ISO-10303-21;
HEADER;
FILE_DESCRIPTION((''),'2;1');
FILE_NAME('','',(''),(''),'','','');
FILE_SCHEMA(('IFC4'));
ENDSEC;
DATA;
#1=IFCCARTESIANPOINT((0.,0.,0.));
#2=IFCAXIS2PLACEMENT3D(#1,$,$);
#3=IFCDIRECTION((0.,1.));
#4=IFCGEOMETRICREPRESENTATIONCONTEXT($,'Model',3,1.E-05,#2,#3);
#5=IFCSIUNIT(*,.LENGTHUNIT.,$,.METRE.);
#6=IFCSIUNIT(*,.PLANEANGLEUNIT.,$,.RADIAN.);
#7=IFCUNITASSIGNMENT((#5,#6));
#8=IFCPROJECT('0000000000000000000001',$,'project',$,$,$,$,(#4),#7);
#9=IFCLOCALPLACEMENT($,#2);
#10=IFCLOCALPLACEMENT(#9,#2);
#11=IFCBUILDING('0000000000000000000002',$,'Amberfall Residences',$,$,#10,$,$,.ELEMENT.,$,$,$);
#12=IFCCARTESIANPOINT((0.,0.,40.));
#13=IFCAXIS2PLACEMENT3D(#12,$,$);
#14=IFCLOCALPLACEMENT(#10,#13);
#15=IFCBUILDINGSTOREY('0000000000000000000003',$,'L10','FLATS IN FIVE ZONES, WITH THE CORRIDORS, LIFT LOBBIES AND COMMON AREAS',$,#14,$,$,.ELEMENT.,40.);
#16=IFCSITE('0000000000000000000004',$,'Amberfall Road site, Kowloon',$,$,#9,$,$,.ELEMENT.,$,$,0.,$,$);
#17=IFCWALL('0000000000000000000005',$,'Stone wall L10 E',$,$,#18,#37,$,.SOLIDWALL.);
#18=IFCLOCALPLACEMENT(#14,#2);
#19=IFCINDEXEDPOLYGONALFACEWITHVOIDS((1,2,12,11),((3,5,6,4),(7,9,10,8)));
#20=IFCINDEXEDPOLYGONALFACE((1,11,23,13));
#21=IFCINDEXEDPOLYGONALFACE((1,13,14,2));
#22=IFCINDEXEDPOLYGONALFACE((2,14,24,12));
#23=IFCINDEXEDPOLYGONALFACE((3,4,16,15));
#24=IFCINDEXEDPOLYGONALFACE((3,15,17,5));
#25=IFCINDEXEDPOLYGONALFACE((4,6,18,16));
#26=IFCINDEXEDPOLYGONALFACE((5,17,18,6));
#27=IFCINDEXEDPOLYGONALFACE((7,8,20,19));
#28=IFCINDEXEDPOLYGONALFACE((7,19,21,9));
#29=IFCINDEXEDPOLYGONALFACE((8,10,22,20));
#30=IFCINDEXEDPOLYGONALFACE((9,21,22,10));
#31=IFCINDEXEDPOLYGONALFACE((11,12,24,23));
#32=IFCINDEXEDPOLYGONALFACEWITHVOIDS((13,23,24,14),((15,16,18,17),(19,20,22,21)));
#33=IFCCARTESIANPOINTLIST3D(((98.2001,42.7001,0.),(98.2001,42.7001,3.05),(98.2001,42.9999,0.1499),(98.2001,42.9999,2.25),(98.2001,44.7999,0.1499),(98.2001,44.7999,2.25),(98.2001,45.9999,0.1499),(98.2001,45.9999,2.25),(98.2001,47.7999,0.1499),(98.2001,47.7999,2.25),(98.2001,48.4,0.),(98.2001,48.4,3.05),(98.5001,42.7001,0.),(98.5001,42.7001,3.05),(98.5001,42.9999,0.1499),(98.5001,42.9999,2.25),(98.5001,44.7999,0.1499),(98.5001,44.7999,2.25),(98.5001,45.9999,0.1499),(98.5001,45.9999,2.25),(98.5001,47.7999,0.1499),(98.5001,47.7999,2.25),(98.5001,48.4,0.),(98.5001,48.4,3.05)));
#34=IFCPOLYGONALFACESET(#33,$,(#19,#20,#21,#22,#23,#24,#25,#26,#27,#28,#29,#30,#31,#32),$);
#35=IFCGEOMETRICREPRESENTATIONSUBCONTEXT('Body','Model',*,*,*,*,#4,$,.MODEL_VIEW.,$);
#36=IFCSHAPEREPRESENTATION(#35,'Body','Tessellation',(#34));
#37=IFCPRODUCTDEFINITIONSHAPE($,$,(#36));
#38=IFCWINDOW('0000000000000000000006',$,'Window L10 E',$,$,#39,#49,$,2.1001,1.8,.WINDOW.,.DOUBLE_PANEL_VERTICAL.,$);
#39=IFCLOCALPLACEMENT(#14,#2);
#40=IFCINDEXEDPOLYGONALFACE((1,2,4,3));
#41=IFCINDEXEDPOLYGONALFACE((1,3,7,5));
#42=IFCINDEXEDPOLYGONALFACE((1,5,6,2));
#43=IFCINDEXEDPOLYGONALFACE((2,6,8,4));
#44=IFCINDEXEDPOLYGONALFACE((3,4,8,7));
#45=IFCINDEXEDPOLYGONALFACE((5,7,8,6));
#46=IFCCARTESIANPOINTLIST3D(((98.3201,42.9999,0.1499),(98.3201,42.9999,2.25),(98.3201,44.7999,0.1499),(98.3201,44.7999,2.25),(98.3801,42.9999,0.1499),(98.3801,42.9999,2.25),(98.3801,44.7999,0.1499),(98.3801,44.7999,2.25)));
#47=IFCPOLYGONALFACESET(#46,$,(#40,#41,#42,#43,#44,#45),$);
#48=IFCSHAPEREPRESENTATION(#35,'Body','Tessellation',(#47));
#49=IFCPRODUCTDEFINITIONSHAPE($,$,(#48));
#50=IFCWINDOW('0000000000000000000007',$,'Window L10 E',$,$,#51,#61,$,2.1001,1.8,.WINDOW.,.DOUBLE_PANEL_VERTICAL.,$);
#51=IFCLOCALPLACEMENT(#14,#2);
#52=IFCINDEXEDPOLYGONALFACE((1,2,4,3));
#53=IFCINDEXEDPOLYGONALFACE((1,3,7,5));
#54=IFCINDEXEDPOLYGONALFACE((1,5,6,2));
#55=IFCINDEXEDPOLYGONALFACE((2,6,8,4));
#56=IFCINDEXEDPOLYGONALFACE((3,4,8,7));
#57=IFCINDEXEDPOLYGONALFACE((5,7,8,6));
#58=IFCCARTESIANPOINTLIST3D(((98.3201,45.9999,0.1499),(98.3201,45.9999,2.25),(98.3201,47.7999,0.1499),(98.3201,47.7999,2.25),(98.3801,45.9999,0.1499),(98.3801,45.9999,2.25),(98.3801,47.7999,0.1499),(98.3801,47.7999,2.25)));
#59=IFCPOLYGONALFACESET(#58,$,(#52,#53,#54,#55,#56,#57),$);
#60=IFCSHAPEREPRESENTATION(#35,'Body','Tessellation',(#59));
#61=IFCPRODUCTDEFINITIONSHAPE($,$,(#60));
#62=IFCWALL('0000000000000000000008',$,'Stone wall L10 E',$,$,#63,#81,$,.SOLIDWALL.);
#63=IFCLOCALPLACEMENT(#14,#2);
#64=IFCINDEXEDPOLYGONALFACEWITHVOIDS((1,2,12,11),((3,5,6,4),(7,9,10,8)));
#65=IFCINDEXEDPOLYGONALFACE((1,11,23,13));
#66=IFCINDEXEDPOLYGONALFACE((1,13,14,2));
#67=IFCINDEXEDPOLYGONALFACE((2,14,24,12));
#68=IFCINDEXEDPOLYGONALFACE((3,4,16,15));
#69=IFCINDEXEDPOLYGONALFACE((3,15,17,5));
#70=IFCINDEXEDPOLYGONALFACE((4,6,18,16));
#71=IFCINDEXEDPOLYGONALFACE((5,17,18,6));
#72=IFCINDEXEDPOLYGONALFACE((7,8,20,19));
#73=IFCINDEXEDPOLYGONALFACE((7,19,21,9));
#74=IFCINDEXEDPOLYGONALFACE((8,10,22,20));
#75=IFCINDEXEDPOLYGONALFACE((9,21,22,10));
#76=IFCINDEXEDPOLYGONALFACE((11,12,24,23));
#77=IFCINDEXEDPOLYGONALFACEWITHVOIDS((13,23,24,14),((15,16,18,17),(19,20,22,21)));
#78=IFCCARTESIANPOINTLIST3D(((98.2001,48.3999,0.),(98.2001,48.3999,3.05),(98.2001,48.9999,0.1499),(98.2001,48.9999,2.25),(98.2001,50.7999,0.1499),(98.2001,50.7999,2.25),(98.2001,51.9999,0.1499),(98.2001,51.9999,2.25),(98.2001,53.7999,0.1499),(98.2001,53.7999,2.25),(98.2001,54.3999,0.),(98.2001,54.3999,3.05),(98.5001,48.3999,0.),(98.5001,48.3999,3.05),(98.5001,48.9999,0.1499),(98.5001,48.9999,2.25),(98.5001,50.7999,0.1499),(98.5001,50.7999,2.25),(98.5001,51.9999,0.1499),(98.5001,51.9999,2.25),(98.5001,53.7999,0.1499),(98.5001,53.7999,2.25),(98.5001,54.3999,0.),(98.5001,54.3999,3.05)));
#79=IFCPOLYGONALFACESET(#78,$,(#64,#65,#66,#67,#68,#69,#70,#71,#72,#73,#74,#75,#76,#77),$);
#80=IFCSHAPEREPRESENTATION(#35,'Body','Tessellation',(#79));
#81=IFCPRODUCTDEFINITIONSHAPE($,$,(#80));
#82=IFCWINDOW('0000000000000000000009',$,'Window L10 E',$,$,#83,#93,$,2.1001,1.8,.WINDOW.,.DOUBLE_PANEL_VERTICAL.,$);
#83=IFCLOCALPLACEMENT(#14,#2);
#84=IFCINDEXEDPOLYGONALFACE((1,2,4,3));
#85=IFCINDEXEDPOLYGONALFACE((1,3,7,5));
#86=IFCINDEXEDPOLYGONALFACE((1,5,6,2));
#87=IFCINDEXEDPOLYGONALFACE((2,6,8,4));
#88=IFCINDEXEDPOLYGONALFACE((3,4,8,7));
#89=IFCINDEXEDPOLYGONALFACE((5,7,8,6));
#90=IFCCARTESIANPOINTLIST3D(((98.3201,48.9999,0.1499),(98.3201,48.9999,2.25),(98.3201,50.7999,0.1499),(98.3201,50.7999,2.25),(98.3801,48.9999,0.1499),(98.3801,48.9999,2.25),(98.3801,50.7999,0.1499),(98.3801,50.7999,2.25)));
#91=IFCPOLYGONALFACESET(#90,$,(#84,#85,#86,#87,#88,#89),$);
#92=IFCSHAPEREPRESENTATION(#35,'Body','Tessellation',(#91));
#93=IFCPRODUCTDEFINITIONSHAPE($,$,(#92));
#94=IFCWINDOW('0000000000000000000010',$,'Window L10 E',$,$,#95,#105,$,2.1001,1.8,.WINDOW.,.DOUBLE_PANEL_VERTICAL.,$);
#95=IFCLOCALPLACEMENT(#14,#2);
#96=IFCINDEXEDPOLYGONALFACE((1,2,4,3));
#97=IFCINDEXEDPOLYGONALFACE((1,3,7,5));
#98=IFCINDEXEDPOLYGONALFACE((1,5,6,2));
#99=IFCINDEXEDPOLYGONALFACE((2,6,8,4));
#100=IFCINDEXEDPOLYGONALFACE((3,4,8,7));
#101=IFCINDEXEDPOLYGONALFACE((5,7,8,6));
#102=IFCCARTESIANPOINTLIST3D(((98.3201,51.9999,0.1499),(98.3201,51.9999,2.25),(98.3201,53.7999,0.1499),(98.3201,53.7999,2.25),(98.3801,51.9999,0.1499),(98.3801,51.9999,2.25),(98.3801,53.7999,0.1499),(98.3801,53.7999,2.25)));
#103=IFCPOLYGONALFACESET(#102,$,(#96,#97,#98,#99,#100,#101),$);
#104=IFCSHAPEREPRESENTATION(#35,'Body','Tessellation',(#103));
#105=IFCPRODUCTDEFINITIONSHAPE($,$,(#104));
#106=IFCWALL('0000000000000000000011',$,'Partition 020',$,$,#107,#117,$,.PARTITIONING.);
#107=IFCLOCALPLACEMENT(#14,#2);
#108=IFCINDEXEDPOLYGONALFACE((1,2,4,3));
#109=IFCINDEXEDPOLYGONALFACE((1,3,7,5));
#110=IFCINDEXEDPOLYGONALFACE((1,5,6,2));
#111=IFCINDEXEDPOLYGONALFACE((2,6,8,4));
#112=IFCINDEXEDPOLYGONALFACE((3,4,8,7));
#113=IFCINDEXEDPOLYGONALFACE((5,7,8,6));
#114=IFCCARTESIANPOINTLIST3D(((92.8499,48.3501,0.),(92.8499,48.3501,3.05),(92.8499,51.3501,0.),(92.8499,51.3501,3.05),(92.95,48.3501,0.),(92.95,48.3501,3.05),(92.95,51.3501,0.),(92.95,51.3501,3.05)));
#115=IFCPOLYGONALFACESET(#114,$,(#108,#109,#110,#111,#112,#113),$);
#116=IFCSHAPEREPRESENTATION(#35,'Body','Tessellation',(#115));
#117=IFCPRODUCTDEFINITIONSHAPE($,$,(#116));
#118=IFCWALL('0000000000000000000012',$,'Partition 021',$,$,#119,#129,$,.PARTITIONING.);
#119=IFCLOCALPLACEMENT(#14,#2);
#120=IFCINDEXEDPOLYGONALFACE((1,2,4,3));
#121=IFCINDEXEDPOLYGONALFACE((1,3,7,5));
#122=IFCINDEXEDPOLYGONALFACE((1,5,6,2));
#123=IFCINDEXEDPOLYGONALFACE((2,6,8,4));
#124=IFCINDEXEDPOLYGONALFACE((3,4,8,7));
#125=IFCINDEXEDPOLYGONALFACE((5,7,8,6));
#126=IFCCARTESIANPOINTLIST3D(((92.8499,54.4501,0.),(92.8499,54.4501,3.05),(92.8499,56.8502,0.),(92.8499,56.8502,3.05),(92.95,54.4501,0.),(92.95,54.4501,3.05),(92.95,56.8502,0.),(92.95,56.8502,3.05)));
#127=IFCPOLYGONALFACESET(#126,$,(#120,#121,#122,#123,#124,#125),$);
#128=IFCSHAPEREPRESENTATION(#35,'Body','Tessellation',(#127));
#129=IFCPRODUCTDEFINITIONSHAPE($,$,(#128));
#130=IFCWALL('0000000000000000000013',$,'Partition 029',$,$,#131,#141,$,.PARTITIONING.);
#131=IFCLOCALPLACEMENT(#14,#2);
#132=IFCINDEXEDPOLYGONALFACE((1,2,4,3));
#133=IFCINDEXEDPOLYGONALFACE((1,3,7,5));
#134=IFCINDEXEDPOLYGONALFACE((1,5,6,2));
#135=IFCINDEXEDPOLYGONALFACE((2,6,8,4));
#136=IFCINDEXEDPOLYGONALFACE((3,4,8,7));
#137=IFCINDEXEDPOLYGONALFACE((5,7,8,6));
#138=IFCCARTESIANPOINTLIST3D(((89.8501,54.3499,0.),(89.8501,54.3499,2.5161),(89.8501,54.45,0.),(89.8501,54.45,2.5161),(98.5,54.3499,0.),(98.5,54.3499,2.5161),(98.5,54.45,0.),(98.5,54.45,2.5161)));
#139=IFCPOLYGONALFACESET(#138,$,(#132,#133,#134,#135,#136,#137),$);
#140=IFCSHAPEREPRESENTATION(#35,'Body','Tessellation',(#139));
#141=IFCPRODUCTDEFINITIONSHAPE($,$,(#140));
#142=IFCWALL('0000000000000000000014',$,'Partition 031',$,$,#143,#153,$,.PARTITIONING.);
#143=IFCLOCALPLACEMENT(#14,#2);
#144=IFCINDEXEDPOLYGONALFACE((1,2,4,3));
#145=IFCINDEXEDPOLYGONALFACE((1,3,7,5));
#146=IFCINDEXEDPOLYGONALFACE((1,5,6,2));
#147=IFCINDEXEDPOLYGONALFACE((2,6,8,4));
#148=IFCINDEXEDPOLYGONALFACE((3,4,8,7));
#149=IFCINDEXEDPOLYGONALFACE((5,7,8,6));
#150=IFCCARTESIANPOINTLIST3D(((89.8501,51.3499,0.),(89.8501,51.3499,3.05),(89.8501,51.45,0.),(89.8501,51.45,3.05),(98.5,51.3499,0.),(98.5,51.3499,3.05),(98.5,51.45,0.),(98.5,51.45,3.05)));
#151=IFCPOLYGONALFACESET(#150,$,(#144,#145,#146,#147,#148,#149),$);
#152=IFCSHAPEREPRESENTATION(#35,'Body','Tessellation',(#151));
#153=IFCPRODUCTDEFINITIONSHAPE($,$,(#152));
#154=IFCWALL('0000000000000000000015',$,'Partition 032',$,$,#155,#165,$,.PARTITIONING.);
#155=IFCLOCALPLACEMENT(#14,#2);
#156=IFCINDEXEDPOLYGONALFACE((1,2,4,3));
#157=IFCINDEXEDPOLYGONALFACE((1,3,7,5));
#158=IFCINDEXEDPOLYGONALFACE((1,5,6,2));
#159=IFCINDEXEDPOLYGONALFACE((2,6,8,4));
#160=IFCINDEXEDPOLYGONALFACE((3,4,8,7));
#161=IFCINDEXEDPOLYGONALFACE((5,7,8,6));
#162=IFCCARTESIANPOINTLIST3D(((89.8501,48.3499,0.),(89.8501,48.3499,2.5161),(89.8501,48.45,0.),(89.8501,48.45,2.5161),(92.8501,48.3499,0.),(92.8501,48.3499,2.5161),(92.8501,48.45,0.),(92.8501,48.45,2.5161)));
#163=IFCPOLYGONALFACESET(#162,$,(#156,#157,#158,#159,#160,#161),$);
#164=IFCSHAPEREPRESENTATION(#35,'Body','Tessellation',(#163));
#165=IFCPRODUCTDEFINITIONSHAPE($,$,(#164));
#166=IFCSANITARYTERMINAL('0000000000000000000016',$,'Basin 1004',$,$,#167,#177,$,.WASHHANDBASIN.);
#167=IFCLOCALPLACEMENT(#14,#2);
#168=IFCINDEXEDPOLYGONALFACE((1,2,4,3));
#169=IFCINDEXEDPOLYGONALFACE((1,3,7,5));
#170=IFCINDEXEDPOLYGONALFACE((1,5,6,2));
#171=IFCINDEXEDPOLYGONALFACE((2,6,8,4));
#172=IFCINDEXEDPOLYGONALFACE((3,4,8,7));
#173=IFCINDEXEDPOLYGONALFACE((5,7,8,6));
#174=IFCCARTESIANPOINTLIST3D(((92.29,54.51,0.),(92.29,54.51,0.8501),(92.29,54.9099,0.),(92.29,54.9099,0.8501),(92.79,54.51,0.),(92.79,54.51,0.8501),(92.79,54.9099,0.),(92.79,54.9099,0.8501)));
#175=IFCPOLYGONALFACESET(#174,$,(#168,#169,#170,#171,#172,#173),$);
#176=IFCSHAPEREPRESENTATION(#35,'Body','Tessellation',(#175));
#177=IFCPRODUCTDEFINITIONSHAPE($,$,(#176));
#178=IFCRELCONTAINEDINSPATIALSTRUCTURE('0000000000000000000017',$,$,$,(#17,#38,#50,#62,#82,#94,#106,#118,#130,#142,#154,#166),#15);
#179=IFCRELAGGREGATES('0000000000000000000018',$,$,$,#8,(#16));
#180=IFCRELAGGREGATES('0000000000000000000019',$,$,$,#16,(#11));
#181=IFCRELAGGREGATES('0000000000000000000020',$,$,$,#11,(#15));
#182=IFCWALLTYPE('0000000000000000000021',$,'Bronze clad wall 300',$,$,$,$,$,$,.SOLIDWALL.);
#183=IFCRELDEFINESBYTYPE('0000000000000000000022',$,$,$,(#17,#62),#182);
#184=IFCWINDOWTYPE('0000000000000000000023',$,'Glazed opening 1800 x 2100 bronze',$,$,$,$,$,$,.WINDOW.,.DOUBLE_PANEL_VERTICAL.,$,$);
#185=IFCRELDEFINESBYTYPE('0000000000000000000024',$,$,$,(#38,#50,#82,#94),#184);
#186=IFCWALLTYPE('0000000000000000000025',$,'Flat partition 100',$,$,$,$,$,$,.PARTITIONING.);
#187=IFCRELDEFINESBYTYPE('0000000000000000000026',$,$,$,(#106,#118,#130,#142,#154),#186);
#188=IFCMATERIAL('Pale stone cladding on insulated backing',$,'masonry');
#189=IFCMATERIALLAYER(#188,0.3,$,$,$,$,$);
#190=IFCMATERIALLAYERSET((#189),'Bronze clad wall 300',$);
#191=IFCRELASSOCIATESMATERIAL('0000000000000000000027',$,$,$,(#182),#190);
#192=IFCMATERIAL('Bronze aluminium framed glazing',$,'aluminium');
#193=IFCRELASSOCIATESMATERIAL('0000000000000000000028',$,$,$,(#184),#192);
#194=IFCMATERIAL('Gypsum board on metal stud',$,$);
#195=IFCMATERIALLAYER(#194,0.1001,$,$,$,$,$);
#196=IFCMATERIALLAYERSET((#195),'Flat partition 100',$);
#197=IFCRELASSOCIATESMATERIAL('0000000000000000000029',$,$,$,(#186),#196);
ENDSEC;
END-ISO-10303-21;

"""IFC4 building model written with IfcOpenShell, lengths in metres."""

from ifc_helpers import new_model, si_unit, direction, frame, frame_2d, origin, origin_2d, place, context, subcontext, project, spatial, rectangle, extrude, material, layer, layer_set, type_object, element, fill, save


model = new_model("IFC4")

# Units and contexts
model_context = context("Model", 3, precision=1e-05, world=origin(), true_north=direction((0.0, 1.0)))
body_context = subcontext(model_context, "Body", "Model", "MODEL_VIEW")
ifc_project = project(units=[si_unit("LENGTHUNIT", "METRE"), si_unit("PLANEANGLEUNIT", "RADIAN")], contexts=[model_context])

# Site, building, storey
site_placement = place(None, origin())
site = spatial("IfcSite", under=ifc_project, at=site_placement, Name="Amberfall Road site, Kowloon", CompositionType="ELEMENT", RefElevation=0.0)
building_placement = place(site_placement, origin())
building = spatial("IfcBuilding", under=site, at=building_placement, Name="Amberfall Residences", CompositionType="ELEMENT")
storey_placement = place(building_placement, frame((0.0, 0.0, 40.0)))
storey = spatial("IfcBuildingStorey", under=building, at=storey_placement, Name="L10", Description="FLATS IN FIVE ZONES, WITH THE CORRIDORS, LIFT LOBBIES AND COMMON AREAS", CompositionType="ELEMENT", Elevation=40.0)

# Shared definitions
ifc_material_1 = material(Name="Pale stone cladding on insulated backing", Category="masonry")
ifc_layer_1 = layer(ifc_material_1, 0.3)
ifc_layer_set_1 = layer_set([ifc_layer_1], Name="Bronze clad wall 300")
wall_type_1 = type_object("IfcWallType", Name="Bronze clad wall 300", PredefinedType="SOLIDWALL", material=ifc_layer_set_1)
ifc_material_2 = material(Name="Bronze aluminium framed glazing", Category="aluminium")

# Walls, openings, windows
wall_1_placement = place(storey_placement, frame((98.3501, 42.7, 0.0), z_axis=(0.0, 0.0, 1.0), x_axis=(0.0, 1.0, 0.0)))
wall_1 = element("IfcWall", 1, at=wall_1_placement, inside=storey, type_object=wall_type_1, Name="Stone wall L10 E", PredefinedType="SOLIDWALL", context=body_context, shape_type="SweptSolid", body=[
    extrude(rectangle(XDim=5.7, YDim=0.3, at=frame_2d((2.8501, 0.0))), origin(), (0.0, 0.0, 1.0), 3.05),
])
opening_1_placement = place(wall_1_placement, frame((0.3, 0.0, 0.1499)))
opening_1 = element("IfcOpeningElement", 2, at=opening_1_placement, cuts=wall_1, PredefinedType="OPENING", context=body_context, shape_type="SweptSolid", body=[
    extrude(rectangle(XDim=1.8, YDim=2.1001, at=frame_2d((0.8999, 1.05))), frame((0.0, 0.1599, 0.0), z_axis=(0.0, -1.0, 0.0), x_axis=(1.0, 0.0, 0.0)), (0.0, 0.0, 1.0), 0.3201),
])
opening_2_placement = place(wall_1_placement, frame((3.3, 0.0, 0.1499)))
opening_2 = element("IfcOpeningElement", 3, at=opening_2_placement, cuts=wall_1, PredefinedType="OPENING", context=body_context, shape_type="SweptSolid", body=[
    extrude(rectangle(XDim=1.8, YDim=2.1001, at=frame_2d((0.8999, 1.05))), frame((0.0, 0.1599, 0.0), z_axis=(0.0, -1.0, 0.0), x_axis=(1.0, 0.0, 0.0)), (0.0, 0.0, 1.0), 0.3201),
])
window_type_1 = type_object("IfcWindowType", Name="Glazed opening 1800 x 2100 bronze", PartitioningType="DOUBLE_PANEL_VERTICAL", PredefinedType="WINDOW", material=ifc_material_2)
window_1_placement = place(opening_1_placement, origin())
window_1 = element("IfcWindow", 4, at=window_1_placement, inside=storey, type_object=window_type_1, Name="Window L10 E", OverallHeight=2.1001, OverallWidth=1.8, PartitioningType="DOUBLE_PANEL_VERTICAL", PredefinedType="WINDOW", context=body_context, shape_type="SweptSolid", body=[
    extrude(rectangle(XDim=1.8, YDim=2.1001, at=frame_2d((0.8999, 1.05))), frame((0.0, 0.03, 0.0), z_axis=(0.0, -1.0, 0.0), x_axis=(1.0, 0.0, 0.0)), (0.0, 0.0, 1.0), 0.0601),
])
fill(opening_1, window_1)
window_2_placement = place(opening_2_placement, origin())
window_2 = element("IfcWindow", 5, at=window_2_placement, inside=storey, type_object=window_type_1, Name="Window L10 E", OverallHeight=2.1001, OverallWidth=1.8, PartitioningType="DOUBLE_PANEL_VERTICAL", PredefinedType="WINDOW", context=body_context, shape_type="SweptSolid", body=[
    extrude(rectangle(XDim=1.8, YDim=2.1001, at=frame_2d((0.8999, 1.05))), frame((0.0, 0.03, 0.0), z_axis=(0.0, -1.0, 0.0), x_axis=(1.0, 0.0, 0.0)), (0.0, 0.0, 1.0), 0.0601),
])
fill(opening_2, window_2)
wall_2_placement = place(storey_placement, frame((98.3501, 48.3999, 0.0), z_axis=(0.0, 0.0, 1.0), x_axis=(0.0, 1.0, 0.0)))
wall_2 = element("IfcWall", 6, at=wall_2_placement, inside=storey, type_object=wall_type_1, Name="Stone wall L10 E", PredefinedType="SOLIDWALL", context=body_context, shape_type="SweptSolid", body=[
    extrude(rectangle(XDim=6.0, YDim=0.3, at=frame_2d((3.0, 0.0))), origin(), (0.0, 0.0, 1.0), 3.05),
])
opening_3_placement = place(wall_2_placement, frame((0.6001, 0.0, 0.1499)))
opening_3 = element("IfcOpeningElement", 7, at=opening_3_placement, cuts=wall_2, PredefinedType="OPENING", context=body_context, shape_type="SweptSolid", body=[
    extrude(rectangle(XDim=1.8, YDim=2.1001, at=frame_2d((0.8999, 1.05))), frame((0.0, 0.1599, 0.0), z_axis=(0.0, -1.0, 0.0), x_axis=(1.0, 0.0, 0.0)), (0.0, 0.0, 1.0), 0.3201),
])
opening_4_placement = place(wall_2_placement, frame((3.6001, 0.0, 0.1499)))
opening_4 = element("IfcOpeningElement", 8, at=opening_4_placement, cuts=wall_2, PredefinedType="OPENING", context=body_context, shape_type="SweptSolid", body=[
    extrude(rectangle(XDim=1.8, YDim=2.1001, at=frame_2d((0.8999, 1.05))), frame((0.0, 0.1599, 0.0), z_axis=(0.0, -1.0, 0.0), x_axis=(1.0, 0.0, 0.0)), (0.0, 0.0, 1.0), 0.3201),
])
window_3_placement = place(opening_3_placement, origin())
window_3 = element("IfcWindow", 9, at=window_3_placement, inside=storey, type_object=window_type_1, Name="Window L10 E", OverallHeight=2.1001, OverallWidth=1.8, PartitioningType="DOUBLE_PANEL_VERTICAL", PredefinedType="WINDOW", context=body_context, shape_type="SweptSolid", body=[
    extrude(rectangle(XDim=1.8, YDim=2.1001, at=frame_2d((0.8999, 1.05))), frame((0.0, 0.03, 0.0), z_axis=(0.0, -1.0, 0.0), x_axis=(1.0, 0.0, 0.0)), (0.0, 0.0, 1.0), 0.0601),
])
fill(opening_3, window_3)
window_4_placement = place(opening_4_placement, origin())
window_4 = element("IfcWindow", 10, at=window_4_placement, inside=storey, type_object=window_type_1, Name="Window L10 E", OverallHeight=2.1001, OverallWidth=1.8, PartitioningType="DOUBLE_PANEL_VERTICAL", PredefinedType="WINDOW", context=body_context, shape_type="SweptSolid", body=[
    extrude(rectangle(XDim=1.8, YDim=2.1001, at=frame_2d((0.8999, 1.05))), frame((0.0, 0.03, 0.0), z_axis=(0.0, -1.0, 0.0), x_axis=(1.0, 0.0, 0.0)), (0.0, 0.0, 1.0), 0.0601),
])
fill(opening_4, window_4)

# Walls
ifc_material_3 = material(Name="Gypsum board on metal stud")
ifc_layer_2 = layer(ifc_material_3, 0.1001)
ifc_layer_set_2 = layer_set([ifc_layer_2], Name="Flat partition 100")
wall_type_2 = type_object("IfcWallType", Name="Flat partition 100", PredefinedType="PARTITIONING", material=ifc_layer_set_2)
wall_3_placement = place(storey_placement, frame((92.8999, 48.3501, 0.0), z_axis=(0.0, 0.0, 1.0), x_axis=(0.0, 1.0, 0.0)))
element("IfcWall", 11, at=wall_3_placement, inside=storey, type_object=wall_type_2, Name="Partition 020", PredefinedType="PARTITIONING", context=body_context, shape_type="SweptSolid", body=[
    extrude(rectangle(XDim=3.0, YDim=0.1001, at=frame_2d((1.5, 0.0))), origin(), (0.0, 0.0, 1.0), 3.05),
])
wall_4_placement = place(storey_placement, frame((92.8999, 54.45, 0.0), z_axis=(0.0, 0.0, 1.0), x_axis=(0.0, 1.0, 0.0)))
element("IfcWall", 12, at=wall_4_placement, inside=storey, type_object=wall_type_2, Name="Partition 021", PredefinedType="PARTITIONING", context=body_context, shape_type="SweptSolid", body=[
    extrude(rectangle(XDim=2.4001, YDim=0.1001, at=frame_2d((1.2002, 0.0))), origin(), (0.0, 0.0, 1.0), 3.05),
])
wall_5_placement = place(storey_placement, frame((89.8501, 54.3999, 0.0), z_axis=(0.0, 0.0, 1.0), x_axis=(1.0, 0.0, 0.0)))
element("IfcWall", 13, at=wall_5_placement, inside=storey, type_object=wall_type_2, Name="Partition 029", PredefinedType="PARTITIONING", context=body_context, shape_type="SweptSolid", body=[
    extrude(rectangle(XDim=8.6499, YDim=0.1001, at=frame_2d((4.325, 0.0))), origin(), (0.0, 0.0, 1.0), 2.5161),
])
wall_6_placement = place(storey_placement, frame((89.8501, 51.3999, 0.0), z_axis=(0.0, 0.0, 1.0), x_axis=(1.0, 0.0, 0.0)))
element("IfcWall", 14, at=wall_6_placement, inside=storey, type_object=wall_type_2, Name="Partition 031", PredefinedType="PARTITIONING", context=body_context, shape_type="SweptSolid", body=[
    extrude(rectangle(XDim=8.6499, YDim=0.1001, at=frame_2d((4.325, 0.0))), origin(), (0.0, 0.0, 1.0), 3.05),
])
wall_7_placement = place(storey_placement, frame((89.8501, 48.3999, 0.0), z_axis=(0.0, 0.0, 1.0), x_axis=(1.0, 0.0, 0.0)))
element("IfcWall", 15, at=wall_7_placement, inside=storey, type_object=wall_type_2, Name="Partition 032", PredefinedType="PARTITIONING", context=body_context, shape_type="SweptSolid", body=[
    extrude(rectangle(XDim=3.0, YDim=0.1001, at=frame_2d((1.5, 0.0))), origin(), (0.0, 0.0, 1.0), 2.5161),
])

# Sanitary terminal
sanitary_terminal_placement = place(storey_placement, frame((92.54, 54.71, 0.0), z_axis=(0.0, 0.0, 1.0), x_axis=(1.0, 0.0, 0.0)))
element("IfcSanitaryTerminal", 16, at=sanitary_terminal_placement, inside=storey, Name="Basin 1004", PredefinedType="WASHHANDBASIN", context=body_context, shape_type="SweptSolid", body=[
    extrude(rectangle(XDim=0.5, YDim=0.3999, at=origin_2d()), origin(), (0.0, 0.0, 1.0), 0.8501),
])

save(model, "model.ifc")
